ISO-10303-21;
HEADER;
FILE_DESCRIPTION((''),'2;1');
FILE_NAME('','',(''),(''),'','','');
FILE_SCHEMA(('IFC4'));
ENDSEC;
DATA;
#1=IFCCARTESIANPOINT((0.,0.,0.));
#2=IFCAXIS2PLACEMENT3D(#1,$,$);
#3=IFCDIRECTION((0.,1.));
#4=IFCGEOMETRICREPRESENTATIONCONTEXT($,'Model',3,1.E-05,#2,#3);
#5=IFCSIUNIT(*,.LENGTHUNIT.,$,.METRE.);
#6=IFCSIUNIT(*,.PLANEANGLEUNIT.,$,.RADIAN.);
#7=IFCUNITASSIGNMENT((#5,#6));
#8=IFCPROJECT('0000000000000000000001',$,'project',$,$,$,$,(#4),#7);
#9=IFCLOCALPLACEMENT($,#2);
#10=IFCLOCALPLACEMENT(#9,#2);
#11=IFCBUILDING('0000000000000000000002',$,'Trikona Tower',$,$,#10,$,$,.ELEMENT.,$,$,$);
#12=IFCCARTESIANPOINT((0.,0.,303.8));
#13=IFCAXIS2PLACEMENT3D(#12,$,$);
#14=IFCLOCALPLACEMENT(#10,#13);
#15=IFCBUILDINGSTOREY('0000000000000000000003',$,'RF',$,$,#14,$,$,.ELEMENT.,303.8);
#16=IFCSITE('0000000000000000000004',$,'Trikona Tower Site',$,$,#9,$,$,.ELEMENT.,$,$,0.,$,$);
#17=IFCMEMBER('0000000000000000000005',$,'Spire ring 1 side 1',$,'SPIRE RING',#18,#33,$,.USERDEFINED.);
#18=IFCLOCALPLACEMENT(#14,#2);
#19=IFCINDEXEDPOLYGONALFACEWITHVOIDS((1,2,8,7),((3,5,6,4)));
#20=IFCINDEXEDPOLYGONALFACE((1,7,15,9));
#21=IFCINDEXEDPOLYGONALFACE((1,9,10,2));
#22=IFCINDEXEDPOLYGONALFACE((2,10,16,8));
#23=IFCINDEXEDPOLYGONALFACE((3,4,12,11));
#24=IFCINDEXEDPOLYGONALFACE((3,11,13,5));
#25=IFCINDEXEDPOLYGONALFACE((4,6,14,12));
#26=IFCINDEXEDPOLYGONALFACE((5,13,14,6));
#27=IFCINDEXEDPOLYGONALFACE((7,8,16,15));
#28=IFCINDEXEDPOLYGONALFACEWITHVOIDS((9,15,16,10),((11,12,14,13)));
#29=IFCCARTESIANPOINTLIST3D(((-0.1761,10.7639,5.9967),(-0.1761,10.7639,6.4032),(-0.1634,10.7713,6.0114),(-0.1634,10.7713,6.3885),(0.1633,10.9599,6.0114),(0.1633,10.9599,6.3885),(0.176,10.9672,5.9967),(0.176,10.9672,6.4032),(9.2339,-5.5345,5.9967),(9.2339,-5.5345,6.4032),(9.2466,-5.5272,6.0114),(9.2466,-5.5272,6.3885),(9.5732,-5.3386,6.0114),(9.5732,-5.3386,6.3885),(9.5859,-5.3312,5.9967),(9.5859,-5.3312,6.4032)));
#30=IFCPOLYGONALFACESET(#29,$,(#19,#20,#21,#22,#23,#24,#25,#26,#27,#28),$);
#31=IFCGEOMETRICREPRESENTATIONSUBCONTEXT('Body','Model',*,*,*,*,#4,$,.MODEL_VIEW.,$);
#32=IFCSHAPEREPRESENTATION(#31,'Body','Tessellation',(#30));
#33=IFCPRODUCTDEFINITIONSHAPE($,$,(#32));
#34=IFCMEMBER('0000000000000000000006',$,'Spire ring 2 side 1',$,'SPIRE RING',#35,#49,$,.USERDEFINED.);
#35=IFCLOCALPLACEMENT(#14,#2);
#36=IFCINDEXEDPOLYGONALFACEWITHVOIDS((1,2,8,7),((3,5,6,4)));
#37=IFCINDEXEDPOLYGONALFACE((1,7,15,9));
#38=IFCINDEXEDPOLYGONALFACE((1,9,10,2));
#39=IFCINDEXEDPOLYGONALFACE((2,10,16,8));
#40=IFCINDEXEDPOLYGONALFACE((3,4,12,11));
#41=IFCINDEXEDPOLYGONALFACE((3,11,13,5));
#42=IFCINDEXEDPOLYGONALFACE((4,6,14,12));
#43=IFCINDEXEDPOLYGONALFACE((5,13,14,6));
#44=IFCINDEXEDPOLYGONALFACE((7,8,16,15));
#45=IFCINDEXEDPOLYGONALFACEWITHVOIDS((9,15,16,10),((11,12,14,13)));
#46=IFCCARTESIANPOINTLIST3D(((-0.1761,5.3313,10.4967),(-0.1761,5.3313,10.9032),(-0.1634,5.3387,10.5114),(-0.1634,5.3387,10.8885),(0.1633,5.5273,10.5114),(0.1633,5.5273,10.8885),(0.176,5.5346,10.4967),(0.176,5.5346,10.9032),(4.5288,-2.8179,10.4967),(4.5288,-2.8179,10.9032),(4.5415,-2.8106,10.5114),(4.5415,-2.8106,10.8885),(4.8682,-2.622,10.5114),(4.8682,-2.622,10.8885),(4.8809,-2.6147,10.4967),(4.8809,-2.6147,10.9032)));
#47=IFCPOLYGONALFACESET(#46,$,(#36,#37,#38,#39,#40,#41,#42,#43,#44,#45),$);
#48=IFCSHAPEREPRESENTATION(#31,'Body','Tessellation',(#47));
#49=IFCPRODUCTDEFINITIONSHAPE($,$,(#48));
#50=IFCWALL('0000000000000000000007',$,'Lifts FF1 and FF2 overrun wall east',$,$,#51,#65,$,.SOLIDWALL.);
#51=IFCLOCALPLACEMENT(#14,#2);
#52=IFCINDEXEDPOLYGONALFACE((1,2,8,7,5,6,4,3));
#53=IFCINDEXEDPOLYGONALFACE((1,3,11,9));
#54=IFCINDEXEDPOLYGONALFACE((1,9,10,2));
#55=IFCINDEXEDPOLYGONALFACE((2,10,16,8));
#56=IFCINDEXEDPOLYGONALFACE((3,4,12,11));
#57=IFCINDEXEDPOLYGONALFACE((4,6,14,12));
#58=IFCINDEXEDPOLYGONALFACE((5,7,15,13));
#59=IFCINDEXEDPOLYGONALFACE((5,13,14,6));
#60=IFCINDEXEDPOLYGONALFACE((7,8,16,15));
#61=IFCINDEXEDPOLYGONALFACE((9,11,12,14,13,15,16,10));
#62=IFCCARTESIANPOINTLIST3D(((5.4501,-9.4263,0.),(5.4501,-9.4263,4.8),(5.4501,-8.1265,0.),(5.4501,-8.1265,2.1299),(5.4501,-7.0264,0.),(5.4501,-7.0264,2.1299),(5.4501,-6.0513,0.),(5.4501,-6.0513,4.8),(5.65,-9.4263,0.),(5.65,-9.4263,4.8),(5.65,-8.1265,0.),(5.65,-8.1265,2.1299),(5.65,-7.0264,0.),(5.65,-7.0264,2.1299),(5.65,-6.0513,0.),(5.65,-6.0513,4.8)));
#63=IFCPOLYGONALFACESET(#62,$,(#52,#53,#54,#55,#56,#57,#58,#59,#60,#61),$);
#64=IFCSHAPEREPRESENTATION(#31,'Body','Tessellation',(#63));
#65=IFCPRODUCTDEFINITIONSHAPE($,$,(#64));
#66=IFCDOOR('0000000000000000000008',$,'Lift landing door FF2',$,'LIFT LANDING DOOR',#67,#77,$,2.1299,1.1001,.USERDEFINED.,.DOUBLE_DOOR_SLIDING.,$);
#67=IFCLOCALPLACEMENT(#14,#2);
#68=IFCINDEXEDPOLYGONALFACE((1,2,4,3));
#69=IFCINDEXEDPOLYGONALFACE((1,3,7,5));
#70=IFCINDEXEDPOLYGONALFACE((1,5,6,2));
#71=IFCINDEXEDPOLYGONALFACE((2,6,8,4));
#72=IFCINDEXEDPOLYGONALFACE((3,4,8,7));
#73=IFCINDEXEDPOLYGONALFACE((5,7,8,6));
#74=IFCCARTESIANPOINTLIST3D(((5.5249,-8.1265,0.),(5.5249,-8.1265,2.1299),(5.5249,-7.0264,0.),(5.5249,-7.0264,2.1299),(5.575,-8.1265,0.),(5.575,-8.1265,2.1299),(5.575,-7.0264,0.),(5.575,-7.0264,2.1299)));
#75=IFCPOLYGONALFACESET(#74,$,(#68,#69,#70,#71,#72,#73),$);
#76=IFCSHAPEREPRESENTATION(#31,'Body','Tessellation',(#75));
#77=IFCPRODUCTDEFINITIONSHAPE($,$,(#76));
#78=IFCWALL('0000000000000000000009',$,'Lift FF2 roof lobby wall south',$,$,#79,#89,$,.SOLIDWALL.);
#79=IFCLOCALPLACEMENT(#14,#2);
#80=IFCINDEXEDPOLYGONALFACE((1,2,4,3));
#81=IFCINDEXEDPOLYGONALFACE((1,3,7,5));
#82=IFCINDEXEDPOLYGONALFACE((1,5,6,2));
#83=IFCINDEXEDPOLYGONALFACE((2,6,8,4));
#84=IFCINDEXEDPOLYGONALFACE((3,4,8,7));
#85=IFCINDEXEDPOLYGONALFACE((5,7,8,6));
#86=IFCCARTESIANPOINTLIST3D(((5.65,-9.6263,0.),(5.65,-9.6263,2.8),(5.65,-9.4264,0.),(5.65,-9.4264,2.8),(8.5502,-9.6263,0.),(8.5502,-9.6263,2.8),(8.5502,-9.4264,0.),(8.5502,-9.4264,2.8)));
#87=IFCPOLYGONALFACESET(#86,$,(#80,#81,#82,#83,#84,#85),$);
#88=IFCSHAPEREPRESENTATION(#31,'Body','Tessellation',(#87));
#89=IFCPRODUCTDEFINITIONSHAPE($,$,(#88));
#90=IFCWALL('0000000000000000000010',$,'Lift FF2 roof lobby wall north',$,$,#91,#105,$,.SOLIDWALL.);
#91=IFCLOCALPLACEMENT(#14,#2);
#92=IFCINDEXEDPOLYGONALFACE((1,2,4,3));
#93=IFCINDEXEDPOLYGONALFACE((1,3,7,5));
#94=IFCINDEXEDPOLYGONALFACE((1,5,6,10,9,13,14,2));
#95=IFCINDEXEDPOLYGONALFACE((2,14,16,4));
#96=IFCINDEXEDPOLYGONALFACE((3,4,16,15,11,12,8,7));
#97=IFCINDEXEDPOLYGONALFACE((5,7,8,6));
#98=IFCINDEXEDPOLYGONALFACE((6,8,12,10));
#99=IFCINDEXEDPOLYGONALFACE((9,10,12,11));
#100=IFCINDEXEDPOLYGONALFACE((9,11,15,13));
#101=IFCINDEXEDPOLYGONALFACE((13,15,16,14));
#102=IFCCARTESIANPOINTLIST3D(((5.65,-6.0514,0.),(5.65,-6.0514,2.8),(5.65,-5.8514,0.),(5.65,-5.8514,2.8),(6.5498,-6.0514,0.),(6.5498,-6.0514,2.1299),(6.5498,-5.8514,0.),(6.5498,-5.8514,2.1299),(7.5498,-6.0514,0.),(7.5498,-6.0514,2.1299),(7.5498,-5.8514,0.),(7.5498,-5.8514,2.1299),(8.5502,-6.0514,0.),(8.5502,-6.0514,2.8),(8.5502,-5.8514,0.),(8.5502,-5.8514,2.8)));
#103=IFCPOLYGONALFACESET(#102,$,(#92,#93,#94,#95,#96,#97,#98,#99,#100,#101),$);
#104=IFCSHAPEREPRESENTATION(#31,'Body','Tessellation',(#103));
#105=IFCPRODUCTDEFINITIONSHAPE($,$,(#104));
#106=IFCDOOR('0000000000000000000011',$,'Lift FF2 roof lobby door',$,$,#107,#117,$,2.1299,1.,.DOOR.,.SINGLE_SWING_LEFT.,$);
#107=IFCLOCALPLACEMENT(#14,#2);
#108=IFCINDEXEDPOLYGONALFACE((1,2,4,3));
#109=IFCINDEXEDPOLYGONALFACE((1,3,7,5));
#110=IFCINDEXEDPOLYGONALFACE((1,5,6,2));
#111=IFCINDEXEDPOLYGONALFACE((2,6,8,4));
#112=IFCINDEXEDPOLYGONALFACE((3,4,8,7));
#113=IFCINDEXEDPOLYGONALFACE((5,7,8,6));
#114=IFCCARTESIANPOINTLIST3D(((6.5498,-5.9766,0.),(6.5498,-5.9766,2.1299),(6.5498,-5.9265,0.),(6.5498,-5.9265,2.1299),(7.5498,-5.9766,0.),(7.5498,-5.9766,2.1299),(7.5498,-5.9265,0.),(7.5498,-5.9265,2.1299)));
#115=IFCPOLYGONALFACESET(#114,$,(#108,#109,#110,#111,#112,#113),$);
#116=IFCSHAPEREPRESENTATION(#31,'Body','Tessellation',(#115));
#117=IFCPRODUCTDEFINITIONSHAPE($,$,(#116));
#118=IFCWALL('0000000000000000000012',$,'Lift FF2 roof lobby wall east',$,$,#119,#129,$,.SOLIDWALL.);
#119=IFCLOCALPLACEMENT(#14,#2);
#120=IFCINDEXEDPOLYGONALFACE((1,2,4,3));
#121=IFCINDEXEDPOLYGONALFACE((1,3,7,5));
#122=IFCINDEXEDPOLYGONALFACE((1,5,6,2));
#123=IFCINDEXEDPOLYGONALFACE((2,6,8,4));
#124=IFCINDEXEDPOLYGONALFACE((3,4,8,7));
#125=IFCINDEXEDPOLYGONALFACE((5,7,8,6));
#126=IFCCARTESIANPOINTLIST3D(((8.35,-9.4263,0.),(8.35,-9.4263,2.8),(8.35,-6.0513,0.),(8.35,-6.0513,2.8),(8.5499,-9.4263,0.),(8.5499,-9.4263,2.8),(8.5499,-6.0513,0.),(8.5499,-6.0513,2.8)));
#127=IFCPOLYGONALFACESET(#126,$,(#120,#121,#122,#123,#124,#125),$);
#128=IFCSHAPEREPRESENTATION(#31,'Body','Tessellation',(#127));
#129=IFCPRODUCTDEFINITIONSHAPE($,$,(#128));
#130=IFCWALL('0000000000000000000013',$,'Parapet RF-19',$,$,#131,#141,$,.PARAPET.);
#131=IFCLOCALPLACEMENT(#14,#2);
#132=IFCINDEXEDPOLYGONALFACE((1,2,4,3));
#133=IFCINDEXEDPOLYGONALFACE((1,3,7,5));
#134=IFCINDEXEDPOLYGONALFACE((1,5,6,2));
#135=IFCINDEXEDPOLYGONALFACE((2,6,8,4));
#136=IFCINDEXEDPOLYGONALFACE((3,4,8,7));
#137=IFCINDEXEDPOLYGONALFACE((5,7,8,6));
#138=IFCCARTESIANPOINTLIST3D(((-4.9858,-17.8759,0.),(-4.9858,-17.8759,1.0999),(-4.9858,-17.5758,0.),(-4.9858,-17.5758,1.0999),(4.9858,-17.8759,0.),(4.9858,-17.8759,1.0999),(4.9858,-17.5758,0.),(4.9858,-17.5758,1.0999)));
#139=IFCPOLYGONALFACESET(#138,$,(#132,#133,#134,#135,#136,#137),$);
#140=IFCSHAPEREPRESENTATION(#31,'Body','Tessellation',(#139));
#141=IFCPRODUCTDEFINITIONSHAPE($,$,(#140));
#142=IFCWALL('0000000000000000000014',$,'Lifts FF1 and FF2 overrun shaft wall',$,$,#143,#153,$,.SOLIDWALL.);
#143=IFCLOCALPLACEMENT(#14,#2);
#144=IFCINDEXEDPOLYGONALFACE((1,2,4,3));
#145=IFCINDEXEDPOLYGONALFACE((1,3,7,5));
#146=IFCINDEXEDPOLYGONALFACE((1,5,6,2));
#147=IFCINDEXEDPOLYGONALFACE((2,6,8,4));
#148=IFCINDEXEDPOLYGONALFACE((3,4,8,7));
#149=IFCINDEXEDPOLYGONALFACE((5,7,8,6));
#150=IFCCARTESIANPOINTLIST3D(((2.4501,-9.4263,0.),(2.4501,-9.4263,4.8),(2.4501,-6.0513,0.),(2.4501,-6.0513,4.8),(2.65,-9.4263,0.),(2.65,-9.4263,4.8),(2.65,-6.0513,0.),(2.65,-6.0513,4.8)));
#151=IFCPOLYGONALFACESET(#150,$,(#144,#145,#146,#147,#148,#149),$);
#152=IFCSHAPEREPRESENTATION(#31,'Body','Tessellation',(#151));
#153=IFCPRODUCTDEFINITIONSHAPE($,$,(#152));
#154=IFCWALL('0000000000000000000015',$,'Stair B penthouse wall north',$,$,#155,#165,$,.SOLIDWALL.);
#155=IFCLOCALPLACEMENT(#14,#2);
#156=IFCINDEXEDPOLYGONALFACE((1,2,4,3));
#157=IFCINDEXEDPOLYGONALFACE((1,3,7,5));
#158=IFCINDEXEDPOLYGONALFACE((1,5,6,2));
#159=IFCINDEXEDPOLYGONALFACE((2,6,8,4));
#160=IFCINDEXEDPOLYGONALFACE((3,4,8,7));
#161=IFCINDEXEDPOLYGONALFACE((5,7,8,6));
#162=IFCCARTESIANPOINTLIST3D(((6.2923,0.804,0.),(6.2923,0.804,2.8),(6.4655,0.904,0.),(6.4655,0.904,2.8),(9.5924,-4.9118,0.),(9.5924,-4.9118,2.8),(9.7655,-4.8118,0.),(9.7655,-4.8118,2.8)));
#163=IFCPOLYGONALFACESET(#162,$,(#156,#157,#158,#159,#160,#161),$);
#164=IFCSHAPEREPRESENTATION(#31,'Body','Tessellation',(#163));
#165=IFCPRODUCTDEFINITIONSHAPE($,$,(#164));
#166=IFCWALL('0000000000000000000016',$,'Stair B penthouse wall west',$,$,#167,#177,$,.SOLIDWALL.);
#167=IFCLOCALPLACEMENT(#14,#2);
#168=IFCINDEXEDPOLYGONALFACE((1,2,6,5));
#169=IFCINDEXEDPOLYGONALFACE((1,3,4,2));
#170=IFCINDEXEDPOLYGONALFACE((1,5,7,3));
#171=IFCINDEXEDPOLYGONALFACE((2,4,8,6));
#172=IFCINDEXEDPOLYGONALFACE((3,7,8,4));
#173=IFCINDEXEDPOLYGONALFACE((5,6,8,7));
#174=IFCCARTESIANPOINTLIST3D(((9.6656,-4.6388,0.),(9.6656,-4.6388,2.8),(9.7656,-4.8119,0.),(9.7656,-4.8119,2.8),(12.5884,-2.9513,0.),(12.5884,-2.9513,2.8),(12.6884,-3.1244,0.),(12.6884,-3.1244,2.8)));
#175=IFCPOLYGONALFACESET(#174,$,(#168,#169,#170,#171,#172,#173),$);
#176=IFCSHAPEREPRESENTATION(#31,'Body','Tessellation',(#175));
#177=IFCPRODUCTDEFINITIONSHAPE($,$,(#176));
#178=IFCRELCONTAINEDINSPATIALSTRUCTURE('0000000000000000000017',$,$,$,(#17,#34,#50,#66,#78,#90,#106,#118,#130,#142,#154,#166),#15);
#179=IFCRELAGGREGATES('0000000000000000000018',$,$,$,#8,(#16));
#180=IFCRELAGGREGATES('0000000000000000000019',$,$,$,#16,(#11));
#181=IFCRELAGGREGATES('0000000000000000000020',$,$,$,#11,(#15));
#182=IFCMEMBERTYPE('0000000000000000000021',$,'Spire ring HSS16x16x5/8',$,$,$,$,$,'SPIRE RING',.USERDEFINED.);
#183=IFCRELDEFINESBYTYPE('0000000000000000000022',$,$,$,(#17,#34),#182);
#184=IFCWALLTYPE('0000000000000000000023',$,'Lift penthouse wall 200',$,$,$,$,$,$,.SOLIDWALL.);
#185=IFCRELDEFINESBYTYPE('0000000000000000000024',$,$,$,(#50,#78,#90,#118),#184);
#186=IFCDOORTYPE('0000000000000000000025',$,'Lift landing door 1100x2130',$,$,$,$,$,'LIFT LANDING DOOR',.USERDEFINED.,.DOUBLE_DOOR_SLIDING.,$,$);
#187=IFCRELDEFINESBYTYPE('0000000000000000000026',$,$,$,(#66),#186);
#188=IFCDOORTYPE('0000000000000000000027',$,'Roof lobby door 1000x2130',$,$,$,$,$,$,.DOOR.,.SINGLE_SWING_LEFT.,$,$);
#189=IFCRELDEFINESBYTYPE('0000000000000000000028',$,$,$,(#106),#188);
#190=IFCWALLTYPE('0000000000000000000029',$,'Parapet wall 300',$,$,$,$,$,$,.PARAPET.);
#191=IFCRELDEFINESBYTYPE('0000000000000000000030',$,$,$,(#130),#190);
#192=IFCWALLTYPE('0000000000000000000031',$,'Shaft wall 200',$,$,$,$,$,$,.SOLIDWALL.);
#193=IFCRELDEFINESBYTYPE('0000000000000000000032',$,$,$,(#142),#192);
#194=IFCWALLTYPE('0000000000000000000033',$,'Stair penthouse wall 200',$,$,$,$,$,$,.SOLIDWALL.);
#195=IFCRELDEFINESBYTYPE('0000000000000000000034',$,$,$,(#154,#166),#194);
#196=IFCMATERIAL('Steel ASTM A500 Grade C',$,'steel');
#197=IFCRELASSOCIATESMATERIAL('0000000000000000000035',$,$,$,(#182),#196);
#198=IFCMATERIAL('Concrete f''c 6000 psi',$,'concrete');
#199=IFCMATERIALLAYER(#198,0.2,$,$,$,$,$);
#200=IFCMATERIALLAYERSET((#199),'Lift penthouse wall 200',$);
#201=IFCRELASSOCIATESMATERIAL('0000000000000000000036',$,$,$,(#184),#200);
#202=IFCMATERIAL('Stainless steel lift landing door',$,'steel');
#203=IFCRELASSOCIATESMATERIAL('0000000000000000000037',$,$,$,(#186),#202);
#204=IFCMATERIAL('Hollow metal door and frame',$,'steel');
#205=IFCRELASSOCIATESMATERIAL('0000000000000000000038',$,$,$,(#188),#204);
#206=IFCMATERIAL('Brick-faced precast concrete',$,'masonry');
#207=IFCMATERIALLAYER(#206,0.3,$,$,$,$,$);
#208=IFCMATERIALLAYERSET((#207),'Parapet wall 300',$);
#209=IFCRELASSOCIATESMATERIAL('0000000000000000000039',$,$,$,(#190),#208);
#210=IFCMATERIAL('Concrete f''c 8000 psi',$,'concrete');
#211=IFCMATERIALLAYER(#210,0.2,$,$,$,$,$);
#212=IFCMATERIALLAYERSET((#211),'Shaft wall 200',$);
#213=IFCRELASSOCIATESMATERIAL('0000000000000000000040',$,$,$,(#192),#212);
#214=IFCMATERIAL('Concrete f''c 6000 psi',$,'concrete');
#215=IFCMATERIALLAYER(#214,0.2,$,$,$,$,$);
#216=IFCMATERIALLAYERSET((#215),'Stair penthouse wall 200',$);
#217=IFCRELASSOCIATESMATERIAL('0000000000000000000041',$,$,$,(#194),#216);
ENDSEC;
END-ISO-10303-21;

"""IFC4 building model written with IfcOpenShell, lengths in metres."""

from ifc_helpers import new_model, si_unit, direction, frame, frame_2d, origin, origin_2d, place, context, subcontext, project, spatial, rectangle, hollow_rectangle, extrude, material, layer, layer_set, material_profile, profile_set, type_object, element, fill, save


model = new_model("IFC4")

# Units and contexts
model_context = context("Model", 3, precision=1e-05, world=origin(), true_north=direction((0.0, 1.0)))
body_context = subcontext(model_context, "Body", "Model", "MODEL_VIEW")
ifc_project = project(units=[si_unit("LENGTHUNIT", "METRE"), si_unit("PLANEANGLEUNIT", "RADIAN")], contexts=[model_context])

# Site, building, storey
site_placement = place(None, origin())
site = spatial("IfcSite", under=ifc_project, at=site_placement, Name="Trikona Tower Site", CompositionType="ELEMENT", RefElevation=0.0)
building_placement = place(site_placement, origin())
building = spatial("IfcBuilding", under=site, at=building_placement, Name="Trikona Tower", CompositionType="ELEMENT")
storey_placement = place(building_placement, frame((0.0, 0.0, 303.8)))
storey = spatial("IfcBuildingStorey", under=building, at=storey_placement, Name="RF", CompositionType="ELEMENT", Elevation=303.8)

# Members
ifc_material_1 = material(Name="Steel ASTM A500 Grade C", Category="steel")
ifc_material_profile_1 = material_profile(ifc_material_1, hollow_rectangle(XDim=0.4065, YDim=0.4065, WallThickness=0.0146, at=origin_2d()), Name="HSS16X16X5/8")
ifc_profile_set_1 = profile_set([ifc_material_profile_1], Name="Steel ASTM A500 Grade C")
member_type_1 = type_object("IfcMemberType", Name="Spire ring HSS16x16x5/8", ElementType="SPIRE RING", PredefinedType="USERDEFINED", material=ifc_profile_set_1)
member_1_placement = place(storey_placement, frame((9.4099, -5.4329, 6.2), z_axis=(-0.500002, 0.866024, 0.0), x_axis=(-0.866024, -0.500002, 0.0)))
element("IfcMember", 1, at=member_1_placement, inside=storey, type_object=member_type_1, Name="Spire ring 1 side 1", ObjectType="SPIRE RING", PredefinedType="USERDEFINED", context=body_context, shape_type="SweptSolid", body=[
    extrude(hollow_rectangle(XDim=0.4065, YDim=0.4065, WallThickness=0.0146, at=origin_2d()), origin(), (0.0, 0.0, 1.0), 18.8198),
])
member_2_placement = place(storey_placement, frame((4.7048, -2.7163, 10.7), z_axis=(-0.499993, 0.86603, 0.0), x_axis=(-0.86603, -0.499993, 0.0)))
element("IfcMember", 2, at=member_2_placement, inside=storey, type_object=member_type_1, Name="Spire ring 2 side 1", ObjectType="SPIRE RING", PredefinedType="USERDEFINED", context=body_context, shape_type="SweptSolid", body=[
    extrude(hollow_rectangle(XDim=0.4065, YDim=0.4065, WallThickness=0.0146, at=origin_2d()), origin(), (0.0, 0.0, 1.0), 9.4099),
])

# Wall, opening, door
ifc_material_2 = material(Name="Concrete f'c 6000 psi", Category="concrete")
ifc_layer_1 = layer(ifc_material_2, 0.2)
ifc_layer_set_1 = layer_set([ifc_layer_1], Name="Lift penthouse wall 200")
wall_type_1 = type_object("IfcWallType", Name="Lift penthouse wall 200", PredefinedType="SOLIDWALL", material=ifc_layer_set_1)
wall_1_placement = place(storey_placement, frame((5.55, -6.0513, 0.0), z_axis=(0.0, 0.0, 1.0), x_axis=(0.0, -1.0, 0.0)))
wall_1 = element("IfcWall", 3, at=wall_1_placement, inside=storey, type_object=wall_type_1, Name="Lifts FF1 and FF2 overrun wall east", PredefinedType="SOLIDWALL", context=body_context, shape_type="SweptSolid", body=[
    extrude(rectangle(XDim=3.375, YDim=0.2, at=frame_2d((1.6875, 0.0))), origin(), (0.0, 0.0, 1.0), 4.8),
])
opening_1_placement = place(wall_1_placement, frame((0.9751, 0.0, 0.0)))
opening_1 = element("IfcOpeningElement", 4, at=opening_1_placement, cuts=wall_1, PredefinedType="OPENING", context=body_context, shape_type="SweptSolid", body=[
    extrude(rectangle(XDim=1.1001, YDim=2.1299, at=frame_2d((0.55, 1.0649))), frame((0.0, 0.1099, 0.0), z_axis=(0.0, -1.0, 0.0), x_axis=(1.0, 0.0, 0.0)), (0.0, 0.0, 1.0), 0.22),
])
ifc_material_3 = material(Name="Stainless steel lift landing door", Category="steel")
door_type_1 = type_object("IfcDoorType", Name="Lift landing door 1100x2130", ElementType="LIFT LANDING DOOR", OperationType="DOUBLE_DOOR_SLIDING", PredefinedType="USERDEFINED", material=ifc_material_3)
door_1_placement = place(opening_1_placement, origin())
door_1 = element("IfcDoor", 5, at=door_1_placement, inside=storey, type_object=door_type_1, Name="Lift landing door FF2", ObjectType="LIFT LANDING DOOR", OperationType="DOUBLE_DOOR_SLIDING", OverallHeight=2.1299, OverallWidth=1.1001, PredefinedType="USERDEFINED", context=body_context, shape_type="SweptSolid", body=[
    extrude(rectangle(XDim=1.1001, YDim=2.1299, at=frame_2d((0.55, 1.0649))), frame((0.0, 0.0249, 0.0), z_axis=(0.0, -1.0, 0.0), x_axis=(1.0, 0.0, 0.0)), (0.0, 0.0, 1.0), 0.05),
])
fill(opening_1, door_1)

# Wall
wall_2_placement = place(storey_placement, frame((5.6499, -9.5264, 0.0), z_axis=(0.0, 0.0, 1.0), x_axis=(1.0, 0.0, 0.0)))
element("IfcWall", 6, at=wall_2_placement, inside=storey, type_object=wall_type_1, Name="Lift FF2 roof lobby wall south", PredefinedType="SOLIDWALL", context=body_context, shape_type="SweptSolid", body=[
    extrude(rectangle(XDim=2.9001, YDim=0.2, at=frame_2d((1.4502, 0.0))), origin(), (0.0, 0.0, 1.0), 2.8),
])

# Wall, opening, door
wall_3_placement = place(storey_placement, frame((5.6499, -5.9514, 0.0), z_axis=(0.0, 0.0, 1.0), x_axis=(1.0, 0.0, 0.0)))
wall_3 = element("IfcWall", 7, at=wall_3_placement, inside=storey, type_object=wall_type_1, Name="Lift FF2 roof lobby wall north", PredefinedType="SOLIDWALL", context=body_context, shape_type="SweptSolid", body=[
    extrude(rectangle(XDim=2.9001, YDim=0.2, at=frame_2d((1.4502, 0.0))), origin(), (0.0, 0.0, 1.0), 2.8),
])
opening_2_placement = place(wall_3_placement, frame((0.8999, 0.0, 0.0)))
opening_2 = element("IfcOpeningElement", 8, at=opening_2_placement, cuts=wall_3, PredefinedType="OPENING", context=body_context, shape_type="SweptSolid", body=[
    extrude(rectangle(XDim=1.0, YDim=2.1299, at=frame_2d((0.5, 1.0649))), frame((0.0, 0.1099, 0.0), z_axis=(0.0, -1.0, 0.0), x_axis=(1.0, 0.0, 0.0)), (0.0, 0.0, 1.0), 0.22),
])
ifc_material_4 = material(Name="Hollow metal door and frame", Category="steel")
door_type_2 = type_object("IfcDoorType", Name="Roof lobby door 1000x2130", OperationType="SINGLE_SWING_LEFT", PredefinedType="DOOR", material=ifc_material_4)
door_2_placement = place(opening_2_placement, origin())
door_2 = element("IfcDoor", 9, at=door_2_placement, inside=storey, type_object=door_type_2, Name="Lift FF2 roof lobby door", OperationType="SINGLE_SWING_LEFT", OverallHeight=2.1299, OverallWidth=1.0, PredefinedType="DOOR", context=body_context, shape_type="SweptSolid", body=[
    extrude(rectangle(XDim=1.0, YDim=2.1299, at=frame_2d((0.5, 1.0649))), frame((0.0, 0.0249, 0.0), z_axis=(0.0, -1.0, 0.0), x_axis=(1.0, 0.0, 0.0)), (0.0, 0.0, 1.0), 0.05),
])
fill(opening_2, door_2)

# Walls
wall_4_placement = place(storey_placement, frame((8.45, -6.0513, 0.0), z_axis=(0.0, 0.0, 1.0), x_axis=(0.0, -1.0, 0.0)))
element("IfcWall", 10, at=wall_4_placement, inside=storey, type_object=wall_type_1, Name="Lift FF2 roof lobby wall east", PredefinedType="SOLIDWALL", context=body_context, shape_type="SweptSolid", body=[
    extrude(rectangle(XDim=3.375, YDim=0.2, at=frame_2d((1.6875, 0.0))), origin(), (0.0, 0.0, 1.0), 2.8),
])
ifc_material_5 = material(Name="Brick-faced precast concrete", Category="masonry")
ifc_layer_2 = layer(ifc_material_5, 0.3)
ifc_layer_set_2 = layer_set([ifc_layer_2], Name="Parapet wall 300")
wall_type_2 = type_object("IfcWallType", Name="Parapet wall 300", PredefinedType="PARAPET", material=ifc_layer_set_2)
wall_5_placement = place(storey_placement, frame((4.9858, -17.7258, 0.0), z_axis=(0.0, 0.0, 1.0), x_axis=(-1.0, 0.0, 0.0)))
element("IfcWall", 11, at=wall_5_placement, inside=storey, type_object=wall_type_2, Name="Parapet RF-19", PredefinedType="PARAPET", context=body_context, shape_type="SweptSolid", body=[
    extrude(rectangle(XDim=9.9717, YDim=0.3, at=frame_2d((4.9858, 0.0))), origin(), (0.0, 0.0, 1.0), 1.0999),
])
ifc_material_6 = material(Name="Concrete f'c 8000 psi", Category="concrete")
ifc_layer_3 = layer(ifc_material_6, 0.2)
ifc_layer_set_3 = layer_set([ifc_layer_3], Name="Shaft wall 200")
wall_type_3 = type_object("IfcWallType", Name="Shaft wall 200", PredefinedType="SOLIDWALL", material=ifc_layer_set_3)
wall_6_placement = place(storey_placement, frame((2.55, -6.0513, 0.0), z_axis=(0.0, 0.0, 1.0), x_axis=(0.0, -1.0, 0.0)))
element("IfcWall", 12, at=wall_6_placement, inside=storey, type_object=wall_type_3, Name="Lifts FF1 and FF2 overrun shaft wall", PredefinedType="SOLIDWALL", context=body_context, shape_type="SweptSolid", body=[
    extrude(rectangle(XDim=3.375, YDim=0.2, at=frame_2d((1.6875, 0.0))), origin(), (0.0, 0.0, 1.0), 4.8),
])
ifc_material_7 = material(Name="Concrete f'c 6000 psi", Category="concrete")
ifc_layer_4 = layer(ifc_material_7, 0.2)
ifc_layer_set_4 = layer_set([ifc_layer_4], Name="Stair penthouse wall 200")
wall_type_4 = type_object("IfcWallType", Name="Stair penthouse wall 200", PredefinedType="SOLIDWALL", material=ifc_layer_set_4)
wall_7_placement = place(storey_placement, frame((9.679, -4.8618, 0.0), z_axis=(0.0, 0.0, 1.0), x_axis=(-0.500002, 0.866024, 0.0)))
element("IfcWall", 13, at=wall_7_placement, inside=storey, type_object=wall_type_4, Name="Stair B penthouse wall north", PredefinedType="SOLIDWALL", context=body_context, shape_type="SweptSolid", body=[
    extrude(rectangle(XDim=6.6001, YDim=0.2, at=frame_2d((3.3, 0.0))), origin(), (0.0, 0.0, 1.0), 2.8),
])
wall_8_placement = place(storey_placement, frame((9.7156, -4.7253, 0.0), z_axis=(0.0, 0.0, 1.0), x_axis=(0.866027, 0.499998, 0.0)))
element("IfcWall", 14, at=wall_8_placement, inside=storey, type_object=wall_type_4, Name="Stair B penthouse wall west", PredefinedType="SOLIDWALL", context=body_context, shape_type="SweptSolid", body=[
    extrude(rectangle(XDim=3.375, YDim=0.2, at=frame_2d((1.6875, 0.0))), origin(), (0.0, 0.0, 1.0), 2.8),
])

save(model, "model.ifc")
